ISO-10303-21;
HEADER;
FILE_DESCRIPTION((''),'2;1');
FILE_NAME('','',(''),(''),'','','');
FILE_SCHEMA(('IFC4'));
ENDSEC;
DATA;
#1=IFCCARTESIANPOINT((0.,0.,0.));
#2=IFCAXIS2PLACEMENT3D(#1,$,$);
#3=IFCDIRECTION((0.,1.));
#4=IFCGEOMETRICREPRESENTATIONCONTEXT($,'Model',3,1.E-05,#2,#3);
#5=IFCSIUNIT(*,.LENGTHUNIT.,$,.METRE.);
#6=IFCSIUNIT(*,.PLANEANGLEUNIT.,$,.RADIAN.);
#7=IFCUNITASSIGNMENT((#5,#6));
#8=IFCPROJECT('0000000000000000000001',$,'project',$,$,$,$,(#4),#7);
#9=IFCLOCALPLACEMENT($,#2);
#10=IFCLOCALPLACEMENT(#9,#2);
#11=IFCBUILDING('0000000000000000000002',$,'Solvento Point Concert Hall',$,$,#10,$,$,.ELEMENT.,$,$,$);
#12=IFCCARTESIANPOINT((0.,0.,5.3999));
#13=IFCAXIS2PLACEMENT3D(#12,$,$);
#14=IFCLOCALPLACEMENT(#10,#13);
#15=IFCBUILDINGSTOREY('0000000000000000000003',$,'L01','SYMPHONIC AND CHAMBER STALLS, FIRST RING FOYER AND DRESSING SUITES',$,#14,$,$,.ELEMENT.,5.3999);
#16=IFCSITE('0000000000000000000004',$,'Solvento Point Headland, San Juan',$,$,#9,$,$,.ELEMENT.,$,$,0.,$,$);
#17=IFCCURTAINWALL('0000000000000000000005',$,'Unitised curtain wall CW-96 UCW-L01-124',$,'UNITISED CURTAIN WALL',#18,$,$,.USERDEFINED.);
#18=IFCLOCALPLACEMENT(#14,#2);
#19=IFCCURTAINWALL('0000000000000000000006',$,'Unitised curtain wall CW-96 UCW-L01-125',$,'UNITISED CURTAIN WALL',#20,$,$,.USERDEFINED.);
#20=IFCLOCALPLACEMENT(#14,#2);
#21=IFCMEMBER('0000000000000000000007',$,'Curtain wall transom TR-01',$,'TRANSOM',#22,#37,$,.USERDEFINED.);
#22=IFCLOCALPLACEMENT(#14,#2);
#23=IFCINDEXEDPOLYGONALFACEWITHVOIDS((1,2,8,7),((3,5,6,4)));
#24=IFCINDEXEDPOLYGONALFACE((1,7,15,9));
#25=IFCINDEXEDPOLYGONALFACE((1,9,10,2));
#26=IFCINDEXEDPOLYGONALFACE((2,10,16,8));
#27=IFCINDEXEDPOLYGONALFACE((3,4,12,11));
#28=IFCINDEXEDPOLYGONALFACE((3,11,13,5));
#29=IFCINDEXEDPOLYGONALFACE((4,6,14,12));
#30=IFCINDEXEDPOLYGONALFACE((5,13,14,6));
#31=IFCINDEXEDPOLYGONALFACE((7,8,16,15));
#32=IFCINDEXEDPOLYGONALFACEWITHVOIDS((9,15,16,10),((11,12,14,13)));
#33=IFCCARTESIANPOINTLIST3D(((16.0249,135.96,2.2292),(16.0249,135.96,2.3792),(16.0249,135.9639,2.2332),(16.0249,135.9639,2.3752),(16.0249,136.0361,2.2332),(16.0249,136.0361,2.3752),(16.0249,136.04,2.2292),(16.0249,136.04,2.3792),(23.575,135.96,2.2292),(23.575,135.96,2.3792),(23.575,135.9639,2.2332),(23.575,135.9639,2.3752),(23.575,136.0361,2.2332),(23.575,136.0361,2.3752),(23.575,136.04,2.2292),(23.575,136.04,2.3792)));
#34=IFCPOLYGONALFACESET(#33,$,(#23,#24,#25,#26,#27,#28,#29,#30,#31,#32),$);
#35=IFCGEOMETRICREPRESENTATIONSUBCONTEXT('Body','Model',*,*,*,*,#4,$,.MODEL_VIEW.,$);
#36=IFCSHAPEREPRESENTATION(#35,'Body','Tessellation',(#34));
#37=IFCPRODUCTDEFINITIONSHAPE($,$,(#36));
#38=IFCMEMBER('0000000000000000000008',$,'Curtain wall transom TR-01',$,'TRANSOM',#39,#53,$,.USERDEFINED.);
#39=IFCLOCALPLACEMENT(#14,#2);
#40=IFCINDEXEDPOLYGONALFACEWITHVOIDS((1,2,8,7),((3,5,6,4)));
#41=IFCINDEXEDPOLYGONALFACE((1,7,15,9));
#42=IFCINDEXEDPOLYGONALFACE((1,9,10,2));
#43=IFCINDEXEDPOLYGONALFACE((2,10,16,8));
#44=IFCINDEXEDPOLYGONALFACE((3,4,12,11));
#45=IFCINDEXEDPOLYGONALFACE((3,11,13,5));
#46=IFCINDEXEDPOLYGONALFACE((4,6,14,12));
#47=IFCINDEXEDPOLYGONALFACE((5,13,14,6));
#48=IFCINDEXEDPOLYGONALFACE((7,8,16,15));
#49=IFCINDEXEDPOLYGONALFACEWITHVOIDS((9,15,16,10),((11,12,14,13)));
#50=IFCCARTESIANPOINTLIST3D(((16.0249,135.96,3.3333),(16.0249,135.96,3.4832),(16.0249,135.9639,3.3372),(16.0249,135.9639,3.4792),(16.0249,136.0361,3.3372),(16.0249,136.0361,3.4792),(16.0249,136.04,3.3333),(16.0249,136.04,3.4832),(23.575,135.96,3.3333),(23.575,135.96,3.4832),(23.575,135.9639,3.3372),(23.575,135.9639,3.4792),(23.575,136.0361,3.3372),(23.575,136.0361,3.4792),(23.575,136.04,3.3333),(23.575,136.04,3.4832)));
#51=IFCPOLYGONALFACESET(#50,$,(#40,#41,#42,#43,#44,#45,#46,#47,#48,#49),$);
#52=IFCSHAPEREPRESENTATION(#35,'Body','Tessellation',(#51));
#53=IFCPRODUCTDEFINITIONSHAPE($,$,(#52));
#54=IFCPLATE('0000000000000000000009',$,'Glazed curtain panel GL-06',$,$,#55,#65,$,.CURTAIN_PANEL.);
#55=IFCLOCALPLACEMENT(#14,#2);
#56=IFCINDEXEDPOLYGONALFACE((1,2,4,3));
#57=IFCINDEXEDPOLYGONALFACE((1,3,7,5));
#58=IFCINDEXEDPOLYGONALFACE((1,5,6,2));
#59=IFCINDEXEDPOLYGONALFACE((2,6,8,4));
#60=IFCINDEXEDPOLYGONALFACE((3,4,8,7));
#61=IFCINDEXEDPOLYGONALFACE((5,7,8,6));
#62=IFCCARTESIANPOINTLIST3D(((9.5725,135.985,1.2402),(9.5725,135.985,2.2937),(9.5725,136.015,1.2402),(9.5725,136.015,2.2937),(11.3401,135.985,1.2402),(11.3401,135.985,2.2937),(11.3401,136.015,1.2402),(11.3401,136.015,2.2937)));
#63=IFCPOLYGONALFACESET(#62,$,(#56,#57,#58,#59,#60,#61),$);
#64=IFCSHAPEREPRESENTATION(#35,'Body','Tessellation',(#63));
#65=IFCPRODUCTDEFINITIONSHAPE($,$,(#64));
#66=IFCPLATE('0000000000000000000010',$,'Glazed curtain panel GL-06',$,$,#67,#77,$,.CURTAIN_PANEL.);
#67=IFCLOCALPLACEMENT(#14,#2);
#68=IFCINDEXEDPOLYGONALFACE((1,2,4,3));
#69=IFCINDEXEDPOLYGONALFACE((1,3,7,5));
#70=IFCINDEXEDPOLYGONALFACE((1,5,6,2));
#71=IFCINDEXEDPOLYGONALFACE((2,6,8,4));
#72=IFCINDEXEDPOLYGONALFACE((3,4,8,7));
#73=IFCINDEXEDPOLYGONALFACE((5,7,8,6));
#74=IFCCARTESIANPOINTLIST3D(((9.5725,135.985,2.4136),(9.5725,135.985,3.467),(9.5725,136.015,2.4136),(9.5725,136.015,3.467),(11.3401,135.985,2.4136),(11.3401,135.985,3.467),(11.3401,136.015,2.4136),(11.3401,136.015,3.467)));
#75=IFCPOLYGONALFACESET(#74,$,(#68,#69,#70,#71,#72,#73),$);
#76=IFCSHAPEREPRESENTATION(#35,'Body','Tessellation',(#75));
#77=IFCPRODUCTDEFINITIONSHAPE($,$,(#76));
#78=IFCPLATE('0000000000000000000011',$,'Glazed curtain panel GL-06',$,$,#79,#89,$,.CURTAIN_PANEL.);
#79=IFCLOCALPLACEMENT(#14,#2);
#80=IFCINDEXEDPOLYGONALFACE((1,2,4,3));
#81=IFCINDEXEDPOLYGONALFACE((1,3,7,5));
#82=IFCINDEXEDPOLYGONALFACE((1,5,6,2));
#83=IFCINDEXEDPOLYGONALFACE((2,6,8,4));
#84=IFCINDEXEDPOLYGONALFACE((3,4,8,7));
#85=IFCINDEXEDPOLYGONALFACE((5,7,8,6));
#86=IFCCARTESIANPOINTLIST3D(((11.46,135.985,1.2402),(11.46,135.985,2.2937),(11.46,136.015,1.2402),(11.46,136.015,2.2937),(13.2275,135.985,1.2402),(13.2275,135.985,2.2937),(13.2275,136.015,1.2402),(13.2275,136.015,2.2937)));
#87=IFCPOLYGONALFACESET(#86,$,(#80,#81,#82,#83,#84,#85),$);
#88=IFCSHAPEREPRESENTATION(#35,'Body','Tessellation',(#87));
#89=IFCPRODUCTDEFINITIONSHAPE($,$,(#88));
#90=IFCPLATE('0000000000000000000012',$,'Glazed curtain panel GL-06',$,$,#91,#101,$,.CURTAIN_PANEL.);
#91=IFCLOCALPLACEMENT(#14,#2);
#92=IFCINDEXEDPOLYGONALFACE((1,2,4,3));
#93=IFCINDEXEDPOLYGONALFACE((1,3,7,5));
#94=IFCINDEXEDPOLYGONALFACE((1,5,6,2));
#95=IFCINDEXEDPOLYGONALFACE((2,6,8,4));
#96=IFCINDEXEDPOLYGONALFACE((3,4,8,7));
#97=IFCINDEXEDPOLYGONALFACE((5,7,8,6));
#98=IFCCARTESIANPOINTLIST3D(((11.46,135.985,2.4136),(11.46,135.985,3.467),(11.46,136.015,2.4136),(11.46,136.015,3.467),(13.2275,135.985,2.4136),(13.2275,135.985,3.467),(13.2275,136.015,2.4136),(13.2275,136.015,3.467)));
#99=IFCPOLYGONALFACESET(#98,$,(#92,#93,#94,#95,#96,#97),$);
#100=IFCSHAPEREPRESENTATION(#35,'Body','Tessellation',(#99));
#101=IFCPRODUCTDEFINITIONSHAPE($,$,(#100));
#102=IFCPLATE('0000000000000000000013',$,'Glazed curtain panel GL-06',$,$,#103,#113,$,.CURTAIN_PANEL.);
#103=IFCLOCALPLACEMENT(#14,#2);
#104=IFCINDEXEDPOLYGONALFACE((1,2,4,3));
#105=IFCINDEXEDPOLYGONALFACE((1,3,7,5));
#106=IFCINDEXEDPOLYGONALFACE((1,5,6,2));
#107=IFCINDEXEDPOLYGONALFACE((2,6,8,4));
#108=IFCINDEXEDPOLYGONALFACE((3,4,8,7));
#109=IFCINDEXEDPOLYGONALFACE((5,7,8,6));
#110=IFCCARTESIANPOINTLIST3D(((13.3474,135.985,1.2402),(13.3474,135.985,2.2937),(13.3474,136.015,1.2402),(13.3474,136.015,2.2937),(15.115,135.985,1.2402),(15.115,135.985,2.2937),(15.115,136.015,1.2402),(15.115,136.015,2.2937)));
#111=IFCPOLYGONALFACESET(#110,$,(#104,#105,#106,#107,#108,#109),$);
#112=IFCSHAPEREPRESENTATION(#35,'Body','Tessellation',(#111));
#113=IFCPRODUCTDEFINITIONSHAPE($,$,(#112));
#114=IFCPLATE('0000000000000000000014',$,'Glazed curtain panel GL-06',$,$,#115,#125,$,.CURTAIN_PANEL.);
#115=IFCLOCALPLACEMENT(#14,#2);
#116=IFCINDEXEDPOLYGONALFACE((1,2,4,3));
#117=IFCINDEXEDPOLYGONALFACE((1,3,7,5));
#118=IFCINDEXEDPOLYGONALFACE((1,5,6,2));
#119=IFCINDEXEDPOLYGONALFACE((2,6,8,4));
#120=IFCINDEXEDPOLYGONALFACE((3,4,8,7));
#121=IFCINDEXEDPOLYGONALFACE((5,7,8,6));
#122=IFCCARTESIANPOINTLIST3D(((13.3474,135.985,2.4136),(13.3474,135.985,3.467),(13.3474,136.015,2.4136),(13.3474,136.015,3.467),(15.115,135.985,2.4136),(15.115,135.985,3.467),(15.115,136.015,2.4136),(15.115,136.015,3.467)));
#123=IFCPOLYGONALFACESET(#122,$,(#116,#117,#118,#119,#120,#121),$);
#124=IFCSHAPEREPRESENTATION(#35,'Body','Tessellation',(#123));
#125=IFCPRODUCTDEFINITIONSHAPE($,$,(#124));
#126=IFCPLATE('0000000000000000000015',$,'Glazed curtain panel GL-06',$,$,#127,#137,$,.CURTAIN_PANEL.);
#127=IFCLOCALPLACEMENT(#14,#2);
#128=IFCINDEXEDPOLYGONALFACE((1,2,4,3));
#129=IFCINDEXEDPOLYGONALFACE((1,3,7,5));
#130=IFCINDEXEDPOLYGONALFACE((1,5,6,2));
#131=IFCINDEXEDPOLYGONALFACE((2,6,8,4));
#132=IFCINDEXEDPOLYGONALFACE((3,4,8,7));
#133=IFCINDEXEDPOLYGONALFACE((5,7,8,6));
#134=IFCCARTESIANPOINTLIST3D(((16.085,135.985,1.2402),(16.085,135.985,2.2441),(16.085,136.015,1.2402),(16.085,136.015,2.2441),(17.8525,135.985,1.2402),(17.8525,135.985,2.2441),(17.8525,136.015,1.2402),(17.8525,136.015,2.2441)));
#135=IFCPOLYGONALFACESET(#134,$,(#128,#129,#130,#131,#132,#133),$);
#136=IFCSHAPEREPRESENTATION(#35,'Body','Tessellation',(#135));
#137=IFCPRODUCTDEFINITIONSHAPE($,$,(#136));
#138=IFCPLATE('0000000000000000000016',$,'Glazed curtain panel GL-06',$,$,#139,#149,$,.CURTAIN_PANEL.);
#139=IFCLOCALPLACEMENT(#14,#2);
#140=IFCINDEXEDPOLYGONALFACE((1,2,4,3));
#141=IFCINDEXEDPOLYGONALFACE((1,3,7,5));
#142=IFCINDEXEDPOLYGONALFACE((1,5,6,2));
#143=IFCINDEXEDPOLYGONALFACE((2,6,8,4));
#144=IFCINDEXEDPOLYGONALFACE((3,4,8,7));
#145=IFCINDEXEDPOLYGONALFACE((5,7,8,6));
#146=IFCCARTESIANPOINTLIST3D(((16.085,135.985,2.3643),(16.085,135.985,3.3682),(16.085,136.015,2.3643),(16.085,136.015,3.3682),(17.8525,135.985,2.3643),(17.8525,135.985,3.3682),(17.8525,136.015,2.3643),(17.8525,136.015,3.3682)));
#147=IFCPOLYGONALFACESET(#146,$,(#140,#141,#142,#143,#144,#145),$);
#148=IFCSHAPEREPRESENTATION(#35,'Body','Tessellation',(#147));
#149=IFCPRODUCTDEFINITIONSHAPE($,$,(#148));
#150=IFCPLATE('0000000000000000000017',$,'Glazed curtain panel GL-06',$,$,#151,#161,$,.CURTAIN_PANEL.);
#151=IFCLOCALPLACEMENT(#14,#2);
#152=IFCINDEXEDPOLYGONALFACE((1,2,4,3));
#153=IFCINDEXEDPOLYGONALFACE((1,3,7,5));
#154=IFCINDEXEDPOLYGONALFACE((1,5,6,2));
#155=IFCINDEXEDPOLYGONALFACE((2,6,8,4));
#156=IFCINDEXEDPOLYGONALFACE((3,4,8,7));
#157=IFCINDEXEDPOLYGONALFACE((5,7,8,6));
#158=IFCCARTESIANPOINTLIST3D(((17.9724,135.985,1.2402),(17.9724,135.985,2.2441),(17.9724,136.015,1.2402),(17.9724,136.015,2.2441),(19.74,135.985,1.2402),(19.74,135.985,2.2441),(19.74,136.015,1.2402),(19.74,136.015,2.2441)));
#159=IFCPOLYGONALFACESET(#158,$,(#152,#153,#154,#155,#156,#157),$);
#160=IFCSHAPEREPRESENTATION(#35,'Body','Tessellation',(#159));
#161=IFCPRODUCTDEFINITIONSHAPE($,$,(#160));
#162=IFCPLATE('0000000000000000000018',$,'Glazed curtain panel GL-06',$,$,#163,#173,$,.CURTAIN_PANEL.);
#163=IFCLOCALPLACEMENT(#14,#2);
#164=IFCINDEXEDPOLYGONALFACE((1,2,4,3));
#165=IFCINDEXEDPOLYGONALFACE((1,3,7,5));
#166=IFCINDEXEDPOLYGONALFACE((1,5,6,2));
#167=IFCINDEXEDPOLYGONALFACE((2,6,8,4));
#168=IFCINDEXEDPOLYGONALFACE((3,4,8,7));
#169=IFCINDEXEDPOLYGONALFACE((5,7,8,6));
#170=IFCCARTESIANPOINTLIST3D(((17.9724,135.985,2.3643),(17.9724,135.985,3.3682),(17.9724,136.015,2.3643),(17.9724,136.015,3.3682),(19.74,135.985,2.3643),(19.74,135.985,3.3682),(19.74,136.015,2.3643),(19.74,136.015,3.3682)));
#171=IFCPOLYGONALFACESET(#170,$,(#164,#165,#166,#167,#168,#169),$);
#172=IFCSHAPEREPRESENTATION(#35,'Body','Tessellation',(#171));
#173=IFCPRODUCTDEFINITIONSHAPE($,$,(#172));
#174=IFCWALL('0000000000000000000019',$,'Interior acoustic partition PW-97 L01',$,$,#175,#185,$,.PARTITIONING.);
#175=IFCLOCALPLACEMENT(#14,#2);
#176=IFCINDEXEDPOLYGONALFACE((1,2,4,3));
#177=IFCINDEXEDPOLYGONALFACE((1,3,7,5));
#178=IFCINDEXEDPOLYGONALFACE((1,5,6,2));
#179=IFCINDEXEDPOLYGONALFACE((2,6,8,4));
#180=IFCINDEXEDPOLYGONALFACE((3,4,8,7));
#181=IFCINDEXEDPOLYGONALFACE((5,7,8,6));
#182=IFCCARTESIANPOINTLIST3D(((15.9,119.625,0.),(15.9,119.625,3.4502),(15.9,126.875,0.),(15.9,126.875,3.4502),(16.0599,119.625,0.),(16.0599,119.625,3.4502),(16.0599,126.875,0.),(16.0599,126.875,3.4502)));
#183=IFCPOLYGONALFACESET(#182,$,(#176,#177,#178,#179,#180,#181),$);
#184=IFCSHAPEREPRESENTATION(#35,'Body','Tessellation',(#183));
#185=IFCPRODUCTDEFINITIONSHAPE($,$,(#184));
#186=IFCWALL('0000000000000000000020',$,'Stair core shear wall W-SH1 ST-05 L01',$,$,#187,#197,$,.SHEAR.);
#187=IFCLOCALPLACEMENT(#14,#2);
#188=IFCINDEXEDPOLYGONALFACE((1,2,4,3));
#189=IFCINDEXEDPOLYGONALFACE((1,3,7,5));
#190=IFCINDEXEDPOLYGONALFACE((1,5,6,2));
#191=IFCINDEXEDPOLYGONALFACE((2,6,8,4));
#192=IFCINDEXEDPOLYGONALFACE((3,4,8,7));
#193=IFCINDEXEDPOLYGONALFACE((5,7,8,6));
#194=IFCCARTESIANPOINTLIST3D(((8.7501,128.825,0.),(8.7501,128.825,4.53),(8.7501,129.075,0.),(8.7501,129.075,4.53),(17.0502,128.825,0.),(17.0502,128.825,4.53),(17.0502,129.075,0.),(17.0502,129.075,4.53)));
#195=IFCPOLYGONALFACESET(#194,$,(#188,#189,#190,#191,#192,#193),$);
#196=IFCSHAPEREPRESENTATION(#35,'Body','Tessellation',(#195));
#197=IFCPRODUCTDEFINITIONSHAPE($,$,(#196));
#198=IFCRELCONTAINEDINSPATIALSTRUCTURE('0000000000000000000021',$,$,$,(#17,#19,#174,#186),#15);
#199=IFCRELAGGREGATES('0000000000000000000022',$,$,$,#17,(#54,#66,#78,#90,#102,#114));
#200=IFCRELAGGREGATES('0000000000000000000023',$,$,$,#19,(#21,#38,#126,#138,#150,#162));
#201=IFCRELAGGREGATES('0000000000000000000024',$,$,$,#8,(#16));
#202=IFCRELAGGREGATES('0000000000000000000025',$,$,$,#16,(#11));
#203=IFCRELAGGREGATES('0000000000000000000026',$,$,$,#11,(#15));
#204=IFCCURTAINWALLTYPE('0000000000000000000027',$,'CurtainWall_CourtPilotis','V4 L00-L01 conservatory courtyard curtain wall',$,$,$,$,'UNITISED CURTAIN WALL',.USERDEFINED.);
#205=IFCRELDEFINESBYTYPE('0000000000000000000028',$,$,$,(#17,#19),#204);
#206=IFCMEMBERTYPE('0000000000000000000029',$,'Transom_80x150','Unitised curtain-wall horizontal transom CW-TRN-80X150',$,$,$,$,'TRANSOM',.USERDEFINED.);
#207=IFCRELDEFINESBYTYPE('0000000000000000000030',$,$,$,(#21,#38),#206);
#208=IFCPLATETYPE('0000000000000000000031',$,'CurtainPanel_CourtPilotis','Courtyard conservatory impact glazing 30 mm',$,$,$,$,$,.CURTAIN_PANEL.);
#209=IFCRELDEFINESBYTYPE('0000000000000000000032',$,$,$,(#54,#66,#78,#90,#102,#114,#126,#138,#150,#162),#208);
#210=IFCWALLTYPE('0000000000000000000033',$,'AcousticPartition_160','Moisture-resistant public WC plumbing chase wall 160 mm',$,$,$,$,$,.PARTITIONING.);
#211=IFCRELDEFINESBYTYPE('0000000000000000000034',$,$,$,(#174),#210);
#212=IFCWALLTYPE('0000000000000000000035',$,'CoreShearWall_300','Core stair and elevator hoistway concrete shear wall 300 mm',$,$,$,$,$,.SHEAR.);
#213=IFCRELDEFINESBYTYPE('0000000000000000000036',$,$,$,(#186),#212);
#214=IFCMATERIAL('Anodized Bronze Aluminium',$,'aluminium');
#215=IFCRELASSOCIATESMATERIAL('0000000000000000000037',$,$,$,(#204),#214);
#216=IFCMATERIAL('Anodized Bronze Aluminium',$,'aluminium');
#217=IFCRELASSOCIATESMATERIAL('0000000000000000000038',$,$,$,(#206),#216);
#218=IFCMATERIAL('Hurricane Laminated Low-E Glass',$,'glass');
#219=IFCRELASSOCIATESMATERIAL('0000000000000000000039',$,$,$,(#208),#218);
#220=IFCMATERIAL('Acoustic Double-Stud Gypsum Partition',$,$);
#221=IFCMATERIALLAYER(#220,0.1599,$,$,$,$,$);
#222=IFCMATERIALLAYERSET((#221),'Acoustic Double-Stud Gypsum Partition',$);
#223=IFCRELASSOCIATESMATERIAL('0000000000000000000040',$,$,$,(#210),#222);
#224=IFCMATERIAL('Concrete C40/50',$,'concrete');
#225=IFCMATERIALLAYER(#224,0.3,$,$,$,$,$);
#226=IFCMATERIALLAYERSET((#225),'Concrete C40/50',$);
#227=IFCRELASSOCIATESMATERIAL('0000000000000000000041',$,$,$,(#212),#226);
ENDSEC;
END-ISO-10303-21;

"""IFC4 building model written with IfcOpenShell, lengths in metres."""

from ifc_helpers import new_model, si_unit, direction, frame, frame_2d, origin, origin_2d, place, context, subcontext, project, spatial, rectangle, hollow_rectangle, extrude, material, layer, layer_set, material_profile, profile_set, type_object, element, aggregate, save


model = new_model("IFC4")

# Units and contexts
model_context = context("Model", 3, precision=1e-05, world=origin(), true_north=direction((0.0, 1.0)))
body_context = subcontext(model_context, "Body", "Model", "MODEL_VIEW")
ifc_project = project(units=[si_unit("LENGTHUNIT", "METRE"), si_unit("PLANEANGLEUNIT", "RADIAN")], contexts=[model_context])

# Site, building, storey
site_placement = place(None, origin())
site = spatial("IfcSite", under=ifc_project, at=site_placement, Name="Solvento Point Headland, San Juan", CompositionType="ELEMENT", RefElevation=0.0)
building_placement = place(site_placement, origin())
building = spatial("IfcBuilding", under=site, at=building_placement, Name="Solvento Point Concert Hall", CompositionType="ELEMENT")
storey_placement = place(building_placement, frame((0.0, 0.0, 5.3999)))
storey = spatial("IfcBuildingStorey", under=building, at=storey_placement, Name="L01", Description="SYMPHONIC AND CHAMBER STALLS, FIRST RING FOYER AND DRESSING SUITES", CompositionType="ELEMENT", Elevation=5.3999)

# Curtain walls, members
ifc_material_1 = material(Name="Anodized Bronze Aluminium", Category="aluminium")
curtain_wall_type = type_object("IfcCurtainWallType", Name="CurtainWall_CourtPilotis", Description="V4 L00-L01 conservatory courtyard curtain wall", ElementType="UNITISED CURTAIN WALL", PredefinedType="USERDEFINED", material=ifc_material_1)
curtain_wall_1_placement = place(storey_placement, origin())
curtain_wall_1 = element("IfcCurtainWall", 1, at=curtain_wall_1_placement, inside=storey, type_object=curtain_wall_type, Name="Unitised curtain wall CW-96 UCW-L01-124", ObjectType="UNITISED CURTAIN WALL", PredefinedType="USERDEFINED")
curtain_wall_2_placement = place(storey_placement, origin())
curtain_wall_2 = element("IfcCurtainWall", 2, at=curtain_wall_2_placement, inside=storey, type_object=curtain_wall_type, Name="Unitised curtain wall CW-96 UCW-L01-125", ObjectType="UNITISED CURTAIN WALL", PredefinedType="USERDEFINED")
ifc_material_2 = material(Name="Anodized Bronze Aluminium", Category="aluminium")
ifc_material_profile_1 = material_profile(ifc_material_2, hollow_rectangle(XDim=0.0801, YDim=0.1499, WallThickness=0.0039, at=origin_2d()), Name="CW-TRN-80X150")
ifc_profile_set_1 = profile_set([ifc_material_profile_1], Name="Anodized Bronze Aluminium")
member_type_1 = type_object("IfcMemberType", Name="Transom_80x150", Description="Unitised curtain-wall horizontal transom CW-TRN-80X150", ElementType="TRANSOM", PredefinedType="USERDEFINED", material=ifc_profile_set_1)
member_1_placement = place(storey_placement, frame((16.0249, 136.0, 2.3042), z_axis=(1.0, 0.0, 0.0), x_axis=(0.0, 1.0, 0.0)))
member_1 = element("IfcMember", 3, at=member_1_placement, type_object=member_type_1, Name="Curtain wall transom TR-01", ObjectType="TRANSOM", PredefinedType="USERDEFINED", context=body_context, shape_type="SweptSolid", body=[
    extrude(hollow_rectangle(XDim=0.0801, YDim=0.1499, WallThickness=0.0039, at=origin_2d()), origin(), (0.0, 0.0, 1.0), 7.55),
])
member_2_placement = place(storey_placement, frame((16.0249, 136.0, 3.4082), z_axis=(1.0, 0.0, 0.0), x_axis=(0.0, 1.0, 0.0)))
member_2 = element("IfcMember", 4, at=member_2_placement, type_object=member_type_1, Name="Curtain wall transom TR-01", ObjectType="TRANSOM", PredefinedType="USERDEFINED", context=body_context, shape_type="SweptSolid", body=[
    extrude(hollow_rectangle(XDim=0.0801, YDim=0.1499, WallThickness=0.0039, at=origin_2d()), origin(), (0.0, 0.0, 1.0), 7.55),
])

# Plates
ifc_material_3 = material(Name="Hurricane Laminated Low-E Glass", Category="glass")
plate_type = type_object("IfcPlateType", Name="CurtainPanel_CourtPilotis", Description="Courtyard conservatory impact glazing 30 mm", PredefinedType="CURTAIN_PANEL", material=ifc_material_3)
plate_1_placement = place(storey_placement, frame((10.4563, 136.0, 1.2402), z_axis=(0.0, 0.0, 1.0), x_axis=(1.0, 0.0, 0.0)))
plate_1 = element("IfcPlate", 5, at=plate_1_placement, type_object=plate_type, Name="Glazed curtain panel GL-06", PredefinedType="CURTAIN_PANEL", context=body_context, shape_type="SweptSolid", body=[
    extrude(rectangle(XDim=1.7676, YDim=0.03, at=origin_2d()), origin(), (0.0, 0.0, 1.0), 1.0535),
])
plate_2_placement = place(storey_placement, frame((10.4563, 136.0, 2.4136), z_axis=(0.0, 0.0, 1.0), x_axis=(1.0, 0.0, 0.0)))
plate_2 = element("IfcPlate", 6, at=plate_2_placement, type_object=plate_type, Name="Glazed curtain panel GL-06", PredefinedType="CURTAIN_PANEL", context=body_context, shape_type="SweptSolid", body=[
    extrude(rectangle(XDim=1.7676, YDim=0.03, at=origin_2d()), origin(), (0.0, 0.0, 1.0), 1.0535),
])
plate_3_placement = place(storey_placement, frame((12.3438, 136.0, 1.2402), z_axis=(0.0, 0.0, 1.0), x_axis=(1.0, 0.0, 0.0)))
plate_3 = element("IfcPlate", 7, at=plate_3_placement, type_object=plate_type, Name="Glazed curtain panel GL-06", PredefinedType="CURTAIN_PANEL", context=body_context, shape_type="SweptSolid", body=[
    extrude(rectangle(XDim=1.7676, YDim=0.03, at=origin_2d()), origin(), (0.0, 0.0, 1.0), 1.0535),
])
plate_4_placement = place(storey_placement, frame((12.3438, 136.0, 2.4136), z_axis=(0.0, 0.0, 1.0), x_axis=(1.0, 0.0, 0.0)))
plate_4 = element("IfcPlate", 8, at=plate_4_placement, type_object=plate_type, Name="Glazed curtain panel GL-06", PredefinedType="CURTAIN_PANEL", context=body_context, shape_type="SweptSolid", body=[
    extrude(rectangle(XDim=1.7676, YDim=0.03, at=origin_2d()), origin(), (0.0, 0.0, 1.0), 1.0535),
])
plate_5_placement = place(storey_placement, frame((14.2312, 136.0, 1.2402), z_axis=(0.0, 0.0, 1.0), x_axis=(1.0, 0.0, 0.0)))
plate_5 = element("IfcPlate", 9, at=plate_5_placement, type_object=plate_type, Name="Glazed curtain panel GL-06", PredefinedType="CURTAIN_PANEL", context=body_context, shape_type="SweptSolid", body=[
    extrude(rectangle(XDim=1.7676, YDim=0.03, at=origin_2d()), origin(), (0.0, 0.0, 1.0), 1.0535),
])
plate_6_placement = place(storey_placement, frame((14.2312, 136.0, 2.4136), z_axis=(0.0, 0.0, 1.0), x_axis=(1.0, 0.0, 0.0)))
plate_6 = element("IfcPlate", 10, at=plate_6_placement, type_object=plate_type, Name="Glazed curtain panel GL-06", PredefinedType="CURTAIN_PANEL", context=body_context, shape_type="SweptSolid", body=[
    extrude(rectangle(XDim=1.7676, YDim=0.03, at=origin_2d()), origin(), (0.0, 0.0, 1.0), 1.0535),
])
aggregate(curtain_wall_1, [plate_1, plate_2, plate_3, plate_4, plate_5, plate_6])
plate_7_placement = place(storey_placement, frame((16.9688, 136.0, 1.2402), z_axis=(0.0, 0.0, 1.0), x_axis=(1.0, 0.0, 0.0)))
plate_7 = element("IfcPlate", 11, at=plate_7_placement, type_object=plate_type, Name="Glazed curtain panel GL-06", PredefinedType="CURTAIN_PANEL", context=body_context, shape_type="SweptSolid", body=[
    extrude(rectangle(XDim=1.7676, YDim=0.03, at=origin_2d()), origin(), (0.0, 0.0, 1.0), 1.0039),
])
plate_8_placement = place(storey_placement, frame((16.9688, 136.0, 2.3643), z_axis=(0.0, 0.0, 1.0), x_axis=(1.0, 0.0, 0.0)))
plate_8 = element("IfcPlate", 12, at=plate_8_placement, type_object=plate_type, Name="Glazed curtain panel GL-06", PredefinedType="CURTAIN_PANEL", context=body_context, shape_type="SweptSolid", body=[
    extrude(rectangle(XDim=1.7676, YDim=0.03, at=origin_2d()), origin(), (0.0, 0.0, 1.0), 1.0039),
])
plate_9_placement = place(storey_placement, frame((18.8562, 136.0, 1.2402), z_axis=(0.0, 0.0, 1.0), x_axis=(1.0, 0.0, 0.0)))
plate_9 = element("IfcPlate", 13, at=plate_9_placement, type_object=plate_type, Name="Glazed curtain panel GL-06", PredefinedType="CURTAIN_PANEL", context=body_context, shape_type="SweptSolid", body=[
    extrude(rectangle(XDim=1.7676, YDim=0.03, at=origin_2d()), origin(), (0.0, 0.0, 1.0), 1.0039),
])
plate_10_placement = place(storey_placement, frame((18.8562, 136.0, 2.3643), z_axis=(0.0, 0.0, 1.0), x_axis=(1.0, 0.0, 0.0)))
plate_10 = element("IfcPlate", 14, at=plate_10_placement, type_object=plate_type, Name="Glazed curtain panel GL-06", PredefinedType="CURTAIN_PANEL", context=body_context, shape_type="SweptSolid", body=[
    extrude(rectangle(XDim=1.7676, YDim=0.03, at=origin_2d()), origin(), (0.0, 0.0, 1.0), 1.0039),
])
aggregate(curtain_wall_2, [member_1, member_2, plate_7, plate_8, plate_9, plate_10])

# Walls
ifc_material_4 = material(Name="Acoustic Double-Stud Gypsum Partition")
ifc_layer_1 = layer(ifc_material_4, 0.1599)
ifc_layer_set_1 = layer_set([ifc_layer_1], Name="Acoustic Double-Stud Gypsum Partition")
wall_type_1 = type_object("IfcWallType", Name="AcousticPartition_160", Description="Moisture-resistant public WC plumbing chase wall 160 mm", PredefinedType="PARTITIONING", material=ifc_layer_set_1)
wall_1_placement = place(storey_placement, frame((15.98, 126.875, 0.0), z_axis=(0.0, 0.0, 1.0), x_axis=(0.0, -1.0, 0.0)))
element("IfcWall", 15, at=wall_1_placement, inside=storey, type_object=wall_type_1, Name="Interior acoustic partition PW-97 L01", PredefinedType="PARTITIONING", context=body_context, shape_type="SweptSolid", body=[
    extrude(rectangle(XDim=7.25, YDim=0.1599, at=frame_2d((3.625, 0.0))), origin(), (0.0, 0.0, 1.0), 3.4502),
])
ifc_material_5 = material(Name="Concrete C40/50", Category="concrete")
ifc_layer_2 = layer(ifc_material_5, 0.3)
ifc_layer_set_2 = layer_set([ifc_layer_2], Name="Concrete C40/50")
wall_type_2 = type_object("IfcWallType", Name="CoreShearWall_300", Description="Core stair and elevator hoistway concrete shear wall 300 mm", PredefinedType="SHEAR", material=ifc_layer_set_2)
wall_2_placement = place(storey_placement, frame((17.05, 128.95, 0.0), z_axis=(0.0, 0.0, 1.0), x_axis=(-1.0, 0.0, 0.0)))
element("IfcWall", 16, at=wall_2_placement, inside=storey, type_object=wall_type_2, Name="Stair core shear wall W-SH1 ST-05 L01", PredefinedType="SHEAR", context=body_context, shape_type="SweptSolid", body=[
    extrude(rectangle(XDim=8.3, YDim=0.25, at=frame_2d((4.1499, 0.0))), origin(), (0.0, 0.0, 1.0), 4.53),
])

save(model, "model.ifc")
